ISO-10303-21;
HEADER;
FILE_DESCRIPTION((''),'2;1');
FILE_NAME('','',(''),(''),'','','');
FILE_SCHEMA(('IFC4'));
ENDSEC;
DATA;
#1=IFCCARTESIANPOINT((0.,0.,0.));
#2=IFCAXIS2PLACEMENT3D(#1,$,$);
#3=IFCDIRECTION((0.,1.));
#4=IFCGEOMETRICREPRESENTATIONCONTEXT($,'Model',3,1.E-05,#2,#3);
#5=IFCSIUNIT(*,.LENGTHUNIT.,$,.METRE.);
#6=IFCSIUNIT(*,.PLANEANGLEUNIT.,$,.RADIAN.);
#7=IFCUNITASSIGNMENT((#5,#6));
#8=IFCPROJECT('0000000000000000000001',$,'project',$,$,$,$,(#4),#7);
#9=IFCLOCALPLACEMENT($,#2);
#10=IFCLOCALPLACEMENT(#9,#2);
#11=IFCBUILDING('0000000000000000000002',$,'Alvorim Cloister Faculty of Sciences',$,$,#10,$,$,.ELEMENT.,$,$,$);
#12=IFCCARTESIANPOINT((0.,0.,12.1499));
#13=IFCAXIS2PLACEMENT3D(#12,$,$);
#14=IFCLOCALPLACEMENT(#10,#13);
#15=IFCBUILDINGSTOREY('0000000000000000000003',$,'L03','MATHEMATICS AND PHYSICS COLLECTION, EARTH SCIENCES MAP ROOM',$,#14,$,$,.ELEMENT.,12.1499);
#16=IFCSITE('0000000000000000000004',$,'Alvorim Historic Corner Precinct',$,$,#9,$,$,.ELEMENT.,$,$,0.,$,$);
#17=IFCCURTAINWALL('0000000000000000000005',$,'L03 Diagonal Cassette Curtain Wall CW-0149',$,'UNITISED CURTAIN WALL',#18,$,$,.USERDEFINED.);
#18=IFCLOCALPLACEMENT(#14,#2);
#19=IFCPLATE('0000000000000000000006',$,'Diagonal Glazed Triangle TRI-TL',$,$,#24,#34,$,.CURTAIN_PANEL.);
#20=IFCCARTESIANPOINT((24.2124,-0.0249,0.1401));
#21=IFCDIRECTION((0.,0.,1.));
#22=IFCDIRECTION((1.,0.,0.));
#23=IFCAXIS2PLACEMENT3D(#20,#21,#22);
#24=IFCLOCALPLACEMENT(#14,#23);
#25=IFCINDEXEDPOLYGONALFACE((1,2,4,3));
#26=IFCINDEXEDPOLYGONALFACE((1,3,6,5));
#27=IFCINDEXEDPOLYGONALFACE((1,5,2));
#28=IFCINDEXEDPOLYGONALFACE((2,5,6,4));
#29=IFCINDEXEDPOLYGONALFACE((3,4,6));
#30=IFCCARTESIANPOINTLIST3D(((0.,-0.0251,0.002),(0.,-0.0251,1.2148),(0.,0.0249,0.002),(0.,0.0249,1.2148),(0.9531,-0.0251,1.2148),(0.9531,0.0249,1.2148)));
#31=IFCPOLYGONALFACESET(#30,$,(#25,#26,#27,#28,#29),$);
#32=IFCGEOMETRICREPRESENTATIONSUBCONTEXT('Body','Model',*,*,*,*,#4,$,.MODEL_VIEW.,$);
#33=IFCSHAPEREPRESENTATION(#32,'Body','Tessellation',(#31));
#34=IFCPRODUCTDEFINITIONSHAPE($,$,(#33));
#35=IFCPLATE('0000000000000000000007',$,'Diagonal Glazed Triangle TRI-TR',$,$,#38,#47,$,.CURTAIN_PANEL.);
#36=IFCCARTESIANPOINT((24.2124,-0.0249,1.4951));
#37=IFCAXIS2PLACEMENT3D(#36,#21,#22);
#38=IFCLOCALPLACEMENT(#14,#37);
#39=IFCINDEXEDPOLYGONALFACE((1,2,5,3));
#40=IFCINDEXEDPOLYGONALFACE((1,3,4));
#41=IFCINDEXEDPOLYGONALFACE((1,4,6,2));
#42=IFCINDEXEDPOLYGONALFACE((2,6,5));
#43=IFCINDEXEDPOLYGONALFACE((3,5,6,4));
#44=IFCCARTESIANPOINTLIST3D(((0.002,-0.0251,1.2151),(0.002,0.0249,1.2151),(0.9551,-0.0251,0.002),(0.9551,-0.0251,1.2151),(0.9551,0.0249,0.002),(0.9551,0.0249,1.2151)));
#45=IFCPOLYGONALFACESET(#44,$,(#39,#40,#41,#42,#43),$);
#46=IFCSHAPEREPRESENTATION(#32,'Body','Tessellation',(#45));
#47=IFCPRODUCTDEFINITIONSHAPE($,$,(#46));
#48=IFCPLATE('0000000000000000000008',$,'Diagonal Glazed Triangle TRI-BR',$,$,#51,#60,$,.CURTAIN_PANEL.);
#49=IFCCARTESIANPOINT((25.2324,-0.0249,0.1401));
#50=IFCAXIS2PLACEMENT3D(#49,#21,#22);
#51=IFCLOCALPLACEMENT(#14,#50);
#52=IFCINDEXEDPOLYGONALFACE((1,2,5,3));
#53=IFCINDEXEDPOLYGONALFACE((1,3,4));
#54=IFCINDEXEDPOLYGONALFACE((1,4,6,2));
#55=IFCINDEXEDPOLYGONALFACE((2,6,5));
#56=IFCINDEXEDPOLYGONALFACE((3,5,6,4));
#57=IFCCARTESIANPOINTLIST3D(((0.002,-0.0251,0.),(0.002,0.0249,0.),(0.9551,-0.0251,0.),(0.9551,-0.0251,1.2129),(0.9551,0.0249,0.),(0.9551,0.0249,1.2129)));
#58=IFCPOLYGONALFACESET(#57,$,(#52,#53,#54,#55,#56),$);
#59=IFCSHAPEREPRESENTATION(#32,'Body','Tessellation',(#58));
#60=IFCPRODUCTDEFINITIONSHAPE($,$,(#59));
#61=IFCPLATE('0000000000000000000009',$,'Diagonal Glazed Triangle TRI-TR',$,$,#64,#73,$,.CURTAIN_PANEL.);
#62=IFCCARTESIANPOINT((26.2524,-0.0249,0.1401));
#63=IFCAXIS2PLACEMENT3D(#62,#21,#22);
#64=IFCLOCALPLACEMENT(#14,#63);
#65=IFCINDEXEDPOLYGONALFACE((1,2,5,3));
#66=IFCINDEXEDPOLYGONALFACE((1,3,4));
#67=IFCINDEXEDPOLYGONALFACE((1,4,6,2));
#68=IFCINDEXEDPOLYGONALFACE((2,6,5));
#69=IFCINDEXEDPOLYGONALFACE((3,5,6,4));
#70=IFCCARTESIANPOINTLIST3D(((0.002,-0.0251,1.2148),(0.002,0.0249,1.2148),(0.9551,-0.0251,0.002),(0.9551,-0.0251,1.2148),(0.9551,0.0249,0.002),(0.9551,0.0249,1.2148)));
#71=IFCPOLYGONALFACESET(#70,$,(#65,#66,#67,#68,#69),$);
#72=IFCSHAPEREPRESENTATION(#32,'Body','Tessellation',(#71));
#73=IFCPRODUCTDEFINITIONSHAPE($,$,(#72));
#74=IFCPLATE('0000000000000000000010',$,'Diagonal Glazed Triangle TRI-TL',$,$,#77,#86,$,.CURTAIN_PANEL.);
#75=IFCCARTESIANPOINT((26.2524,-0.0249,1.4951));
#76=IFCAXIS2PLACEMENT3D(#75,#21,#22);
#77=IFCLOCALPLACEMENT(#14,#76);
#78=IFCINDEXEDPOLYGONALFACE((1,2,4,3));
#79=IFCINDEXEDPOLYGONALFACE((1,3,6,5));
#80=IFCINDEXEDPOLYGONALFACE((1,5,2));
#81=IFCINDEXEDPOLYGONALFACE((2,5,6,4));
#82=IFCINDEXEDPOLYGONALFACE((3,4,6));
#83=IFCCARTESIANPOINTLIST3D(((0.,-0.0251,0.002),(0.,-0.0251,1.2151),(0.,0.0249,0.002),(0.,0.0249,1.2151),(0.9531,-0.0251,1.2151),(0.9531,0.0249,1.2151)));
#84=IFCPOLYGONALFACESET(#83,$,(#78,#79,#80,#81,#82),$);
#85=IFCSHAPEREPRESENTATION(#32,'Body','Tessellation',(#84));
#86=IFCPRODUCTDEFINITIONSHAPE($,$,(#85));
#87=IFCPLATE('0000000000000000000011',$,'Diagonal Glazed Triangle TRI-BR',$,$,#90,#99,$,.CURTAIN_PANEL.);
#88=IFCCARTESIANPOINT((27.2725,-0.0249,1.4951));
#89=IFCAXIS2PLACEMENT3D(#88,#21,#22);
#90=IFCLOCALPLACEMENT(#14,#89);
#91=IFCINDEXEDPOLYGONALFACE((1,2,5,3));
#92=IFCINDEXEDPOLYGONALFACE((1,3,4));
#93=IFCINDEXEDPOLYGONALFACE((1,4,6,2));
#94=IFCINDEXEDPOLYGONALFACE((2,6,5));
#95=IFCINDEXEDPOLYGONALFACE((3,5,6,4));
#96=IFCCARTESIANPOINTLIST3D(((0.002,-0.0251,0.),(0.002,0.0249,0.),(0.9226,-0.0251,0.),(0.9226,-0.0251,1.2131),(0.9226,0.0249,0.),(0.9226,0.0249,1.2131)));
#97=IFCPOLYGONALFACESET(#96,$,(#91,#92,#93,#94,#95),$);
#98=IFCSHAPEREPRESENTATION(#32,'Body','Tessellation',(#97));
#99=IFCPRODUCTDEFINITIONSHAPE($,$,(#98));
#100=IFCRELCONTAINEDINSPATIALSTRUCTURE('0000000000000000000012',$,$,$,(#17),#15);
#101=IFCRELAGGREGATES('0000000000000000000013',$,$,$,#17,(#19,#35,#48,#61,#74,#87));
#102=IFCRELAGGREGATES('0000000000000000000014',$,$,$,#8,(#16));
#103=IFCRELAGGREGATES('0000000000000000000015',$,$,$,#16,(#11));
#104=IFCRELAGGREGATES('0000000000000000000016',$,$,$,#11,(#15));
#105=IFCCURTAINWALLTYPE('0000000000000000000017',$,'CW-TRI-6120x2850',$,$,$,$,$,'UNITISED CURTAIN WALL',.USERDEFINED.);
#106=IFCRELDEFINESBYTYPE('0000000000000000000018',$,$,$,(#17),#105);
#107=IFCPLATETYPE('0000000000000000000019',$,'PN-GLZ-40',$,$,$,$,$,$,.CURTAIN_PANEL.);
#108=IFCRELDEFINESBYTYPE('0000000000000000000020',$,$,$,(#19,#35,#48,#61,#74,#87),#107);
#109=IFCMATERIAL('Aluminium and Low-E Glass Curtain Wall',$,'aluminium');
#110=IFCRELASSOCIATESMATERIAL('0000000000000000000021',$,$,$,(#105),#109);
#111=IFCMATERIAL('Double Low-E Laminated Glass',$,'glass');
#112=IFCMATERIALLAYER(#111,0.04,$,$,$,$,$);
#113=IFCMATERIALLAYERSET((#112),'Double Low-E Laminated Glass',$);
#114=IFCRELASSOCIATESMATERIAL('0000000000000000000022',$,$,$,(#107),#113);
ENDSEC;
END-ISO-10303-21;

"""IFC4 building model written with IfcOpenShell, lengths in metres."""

from ifc_helpers import new_model, si_unit, direction, frame, origin, place, context, subcontext, project, spatial, polyline, outline, extrude, material, layer, layer_set, type_object, element, aggregate, save


model = new_model("IFC4")

# Units and contexts
model_context = context("Model", 3, precision=1e-05, world=origin(), true_north=direction((0.0, 1.0)))
body_context = subcontext(model_context, "Body", "Model", "MODEL_VIEW")
ifc_project = project(units=[si_unit("LENGTHUNIT", "METRE"), si_unit("PLANEANGLEUNIT", "RADIAN")], contexts=[model_context])

# Site, building, storey
site_placement = place(None, origin())
site = spatial("IfcSite", under=ifc_project, at=site_placement, Name="Alvorim Historic Corner Precinct", CompositionType="ELEMENT", RefElevation=0.0)
building_placement = place(site_placement, origin())
building = spatial("IfcBuilding", under=site, at=building_placement, Name="Alvorim Cloister Faculty of Sciences", CompositionType="ELEMENT")
storey_placement = place(building_placement, frame((0.0, 0.0, 12.1499)))
storey = spatial("IfcBuildingStorey", under=building, at=storey_placement, Name="L03", Description="MATHEMATICS AND PHYSICS COLLECTION, EARTH SCIENCES MAP ROOM", CompositionType="ELEMENT", Elevation=12.1499)

# Curtain wall, plates
ifc_material_1 = material(Name="Aluminium and Low-E Glass Curtain Wall", Category="aluminium")
curtain_wall_type = type_object("IfcCurtainWallType", Name="CW-TRI-6120x2850", ElementType="UNITISED CURTAIN WALL", PredefinedType="USERDEFINED", material=ifc_material_1)
curtain_wall_placement = place(storey_placement, origin())
curtain_wall = element("IfcCurtainWall", 1, at=curtain_wall_placement, inside=storey, type_object=curtain_wall_type, Name="L03 Diagonal Cassette Curtain Wall CW-0149", ObjectType="UNITISED CURTAIN WALL", PredefinedType="USERDEFINED")
ifc_material_2 = material(Name="Double Low-E Laminated Glass", Category="glass")
ifc_layer = layer(ifc_material_2, 0.04)
ifc_layer_set = layer_set([ifc_layer], Name="Double Low-E Laminated Glass")
plate_type = type_object("IfcPlateType", Name="PN-GLZ-40", PredefinedType="CURTAIN_PANEL", material=ifc_layer_set)
plate_1_placement = place(storey_placement, frame((24.2124, -0.0249, 0.1401), z_axis=(0.0, 0.0, 1.0), x_axis=(1.0, 0.0, 0.0)))
plate_1 = element("IfcPlate", 2, at=plate_1_placement, type_object=plate_type, Name="Diagonal Glazed Triangle TRI-TL", PredefinedType="CURTAIN_PANEL", context=body_context, shape_type="SweptSolid", body=[
    extrude(outline(polyline([(0.9531, 1.2148), (0.0, 1.2148), (0.0, 0.002), (0.9531, 1.2148)])), frame((0.0, 0.0249, 0.0), z_axis=(0.0, -1.0, 0.0), x_axis=(1.0, 0.0, 0.0)), (0.0, 0.0, 1.0), 0.05),
])
plate_2_placement = place(storey_placement, frame((24.2124, -0.0249, 1.4951), z_axis=(0.0, 0.0, 1.0), x_axis=(1.0, 0.0, 0.0)))
plate_2 = element("IfcPlate", 3, at=plate_2_placement, type_object=plate_type, Name="Diagonal Glazed Triangle TRI-TR", PredefinedType="CURTAIN_PANEL", context=body_context, shape_type="SweptSolid", body=[
    extrude(outline(polyline([(0.9551, 0.002), (0.9551, 1.2151), (0.002, 1.2151), (0.9551, 0.002)])), frame((0.0, 0.0249, 0.0), z_axis=(0.0, -1.0, 0.0), x_axis=(1.0, 0.0, 0.0)), (0.0, 0.0, 1.0), 0.05),
])
plate_3_placement = place(storey_placement, frame((25.2324, -0.0249, 0.1401), z_axis=(0.0, 0.0, 1.0), x_axis=(1.0, 0.0, 0.0)))
plate_3 = element("IfcPlate", 4, at=plate_3_placement, type_object=plate_type, Name="Diagonal Glazed Triangle TRI-BR", PredefinedType="CURTAIN_PANEL", context=body_context, shape_type="SweptSolid", body=[
    extrude(outline(polyline([(0.002, 0.0), (0.9551, 0.0), (0.9551, 1.2129), (0.002, 0.0)])), frame((0.0, 0.0249, 0.0), z_axis=(0.0, -1.0, 0.0), x_axis=(1.0, 0.0, 0.0)), (0.0, 0.0, 1.0), 0.05),
])
plate_4_placement = place(storey_placement, frame((26.2524, -0.0249, 0.1401), z_axis=(0.0, 0.0, 1.0), x_axis=(1.0, 0.0, 0.0)))
plate_4 = element("IfcPlate", 5, at=plate_4_placement, type_object=plate_type, Name="Diagonal Glazed Triangle TRI-TR", PredefinedType="CURTAIN_PANEL", context=body_context, shape_type="SweptSolid", body=[
    extrude(outline(polyline([(0.9551, 0.002), (0.9551, 1.2148), (0.002, 1.2148), (0.9551, 0.002)])), frame((0.0, 0.0249, 0.0), z_axis=(0.0, -1.0, 0.0), x_axis=(1.0, 0.0, 0.0)), (0.0, 0.0, 1.0), 0.05),
])
plate_5_placement = place(storey_placement, frame((26.2524, -0.0249, 1.4951), z_axis=(0.0, 0.0, 1.0), x_axis=(1.0, 0.0, 0.0)))
plate_5 = element("IfcPlate", 6, at=plate_5_placement, type_object=plate_type, Name="Diagonal Glazed Triangle TRI-TL", PredefinedType="CURTAIN_PANEL", context=body_context, shape_type="SweptSolid", body=[
    extrude(outline(polyline([(0.9531, 1.2151), (0.0, 1.2151), (0.0, 0.002), (0.9531, 1.2151)])), frame((0.0, 0.0249, 0.0), z_axis=(0.0, -1.0, 0.0), x_axis=(1.0, 0.0, 0.0)), (0.0, 0.0, 1.0), 0.05),
])
plate_6_placement = place(storey_placement, frame((27.2725, -0.0249, 1.4951), z_axis=(0.0, 0.0, 1.0), x_axis=(1.0, 0.0, 0.0)))
plate_6 = element("IfcPlate", 7, at=plate_6_placement, type_object=plate_type, Name="Diagonal Glazed Triangle TRI-BR", PredefinedType="CURTAIN_PANEL", context=body_context, shape_type="SweptSolid", body=[
    extrude(outline(polyline([(0.002, 0.0), (0.9226, 0.0), (0.9226, 1.2131), (0.002, 0.0)])), frame((0.0, 0.0249, 0.0), z_axis=(0.0, -1.0, 0.0), x_axis=(1.0, 0.0, 0.0)), (0.0, 0.0, 1.0), 0.05),
])
aggregate(curtain_wall, [plate_1, plate_2, plate_3, plate_4, plate_5, plate_6])

save(model, "model.ifc")
